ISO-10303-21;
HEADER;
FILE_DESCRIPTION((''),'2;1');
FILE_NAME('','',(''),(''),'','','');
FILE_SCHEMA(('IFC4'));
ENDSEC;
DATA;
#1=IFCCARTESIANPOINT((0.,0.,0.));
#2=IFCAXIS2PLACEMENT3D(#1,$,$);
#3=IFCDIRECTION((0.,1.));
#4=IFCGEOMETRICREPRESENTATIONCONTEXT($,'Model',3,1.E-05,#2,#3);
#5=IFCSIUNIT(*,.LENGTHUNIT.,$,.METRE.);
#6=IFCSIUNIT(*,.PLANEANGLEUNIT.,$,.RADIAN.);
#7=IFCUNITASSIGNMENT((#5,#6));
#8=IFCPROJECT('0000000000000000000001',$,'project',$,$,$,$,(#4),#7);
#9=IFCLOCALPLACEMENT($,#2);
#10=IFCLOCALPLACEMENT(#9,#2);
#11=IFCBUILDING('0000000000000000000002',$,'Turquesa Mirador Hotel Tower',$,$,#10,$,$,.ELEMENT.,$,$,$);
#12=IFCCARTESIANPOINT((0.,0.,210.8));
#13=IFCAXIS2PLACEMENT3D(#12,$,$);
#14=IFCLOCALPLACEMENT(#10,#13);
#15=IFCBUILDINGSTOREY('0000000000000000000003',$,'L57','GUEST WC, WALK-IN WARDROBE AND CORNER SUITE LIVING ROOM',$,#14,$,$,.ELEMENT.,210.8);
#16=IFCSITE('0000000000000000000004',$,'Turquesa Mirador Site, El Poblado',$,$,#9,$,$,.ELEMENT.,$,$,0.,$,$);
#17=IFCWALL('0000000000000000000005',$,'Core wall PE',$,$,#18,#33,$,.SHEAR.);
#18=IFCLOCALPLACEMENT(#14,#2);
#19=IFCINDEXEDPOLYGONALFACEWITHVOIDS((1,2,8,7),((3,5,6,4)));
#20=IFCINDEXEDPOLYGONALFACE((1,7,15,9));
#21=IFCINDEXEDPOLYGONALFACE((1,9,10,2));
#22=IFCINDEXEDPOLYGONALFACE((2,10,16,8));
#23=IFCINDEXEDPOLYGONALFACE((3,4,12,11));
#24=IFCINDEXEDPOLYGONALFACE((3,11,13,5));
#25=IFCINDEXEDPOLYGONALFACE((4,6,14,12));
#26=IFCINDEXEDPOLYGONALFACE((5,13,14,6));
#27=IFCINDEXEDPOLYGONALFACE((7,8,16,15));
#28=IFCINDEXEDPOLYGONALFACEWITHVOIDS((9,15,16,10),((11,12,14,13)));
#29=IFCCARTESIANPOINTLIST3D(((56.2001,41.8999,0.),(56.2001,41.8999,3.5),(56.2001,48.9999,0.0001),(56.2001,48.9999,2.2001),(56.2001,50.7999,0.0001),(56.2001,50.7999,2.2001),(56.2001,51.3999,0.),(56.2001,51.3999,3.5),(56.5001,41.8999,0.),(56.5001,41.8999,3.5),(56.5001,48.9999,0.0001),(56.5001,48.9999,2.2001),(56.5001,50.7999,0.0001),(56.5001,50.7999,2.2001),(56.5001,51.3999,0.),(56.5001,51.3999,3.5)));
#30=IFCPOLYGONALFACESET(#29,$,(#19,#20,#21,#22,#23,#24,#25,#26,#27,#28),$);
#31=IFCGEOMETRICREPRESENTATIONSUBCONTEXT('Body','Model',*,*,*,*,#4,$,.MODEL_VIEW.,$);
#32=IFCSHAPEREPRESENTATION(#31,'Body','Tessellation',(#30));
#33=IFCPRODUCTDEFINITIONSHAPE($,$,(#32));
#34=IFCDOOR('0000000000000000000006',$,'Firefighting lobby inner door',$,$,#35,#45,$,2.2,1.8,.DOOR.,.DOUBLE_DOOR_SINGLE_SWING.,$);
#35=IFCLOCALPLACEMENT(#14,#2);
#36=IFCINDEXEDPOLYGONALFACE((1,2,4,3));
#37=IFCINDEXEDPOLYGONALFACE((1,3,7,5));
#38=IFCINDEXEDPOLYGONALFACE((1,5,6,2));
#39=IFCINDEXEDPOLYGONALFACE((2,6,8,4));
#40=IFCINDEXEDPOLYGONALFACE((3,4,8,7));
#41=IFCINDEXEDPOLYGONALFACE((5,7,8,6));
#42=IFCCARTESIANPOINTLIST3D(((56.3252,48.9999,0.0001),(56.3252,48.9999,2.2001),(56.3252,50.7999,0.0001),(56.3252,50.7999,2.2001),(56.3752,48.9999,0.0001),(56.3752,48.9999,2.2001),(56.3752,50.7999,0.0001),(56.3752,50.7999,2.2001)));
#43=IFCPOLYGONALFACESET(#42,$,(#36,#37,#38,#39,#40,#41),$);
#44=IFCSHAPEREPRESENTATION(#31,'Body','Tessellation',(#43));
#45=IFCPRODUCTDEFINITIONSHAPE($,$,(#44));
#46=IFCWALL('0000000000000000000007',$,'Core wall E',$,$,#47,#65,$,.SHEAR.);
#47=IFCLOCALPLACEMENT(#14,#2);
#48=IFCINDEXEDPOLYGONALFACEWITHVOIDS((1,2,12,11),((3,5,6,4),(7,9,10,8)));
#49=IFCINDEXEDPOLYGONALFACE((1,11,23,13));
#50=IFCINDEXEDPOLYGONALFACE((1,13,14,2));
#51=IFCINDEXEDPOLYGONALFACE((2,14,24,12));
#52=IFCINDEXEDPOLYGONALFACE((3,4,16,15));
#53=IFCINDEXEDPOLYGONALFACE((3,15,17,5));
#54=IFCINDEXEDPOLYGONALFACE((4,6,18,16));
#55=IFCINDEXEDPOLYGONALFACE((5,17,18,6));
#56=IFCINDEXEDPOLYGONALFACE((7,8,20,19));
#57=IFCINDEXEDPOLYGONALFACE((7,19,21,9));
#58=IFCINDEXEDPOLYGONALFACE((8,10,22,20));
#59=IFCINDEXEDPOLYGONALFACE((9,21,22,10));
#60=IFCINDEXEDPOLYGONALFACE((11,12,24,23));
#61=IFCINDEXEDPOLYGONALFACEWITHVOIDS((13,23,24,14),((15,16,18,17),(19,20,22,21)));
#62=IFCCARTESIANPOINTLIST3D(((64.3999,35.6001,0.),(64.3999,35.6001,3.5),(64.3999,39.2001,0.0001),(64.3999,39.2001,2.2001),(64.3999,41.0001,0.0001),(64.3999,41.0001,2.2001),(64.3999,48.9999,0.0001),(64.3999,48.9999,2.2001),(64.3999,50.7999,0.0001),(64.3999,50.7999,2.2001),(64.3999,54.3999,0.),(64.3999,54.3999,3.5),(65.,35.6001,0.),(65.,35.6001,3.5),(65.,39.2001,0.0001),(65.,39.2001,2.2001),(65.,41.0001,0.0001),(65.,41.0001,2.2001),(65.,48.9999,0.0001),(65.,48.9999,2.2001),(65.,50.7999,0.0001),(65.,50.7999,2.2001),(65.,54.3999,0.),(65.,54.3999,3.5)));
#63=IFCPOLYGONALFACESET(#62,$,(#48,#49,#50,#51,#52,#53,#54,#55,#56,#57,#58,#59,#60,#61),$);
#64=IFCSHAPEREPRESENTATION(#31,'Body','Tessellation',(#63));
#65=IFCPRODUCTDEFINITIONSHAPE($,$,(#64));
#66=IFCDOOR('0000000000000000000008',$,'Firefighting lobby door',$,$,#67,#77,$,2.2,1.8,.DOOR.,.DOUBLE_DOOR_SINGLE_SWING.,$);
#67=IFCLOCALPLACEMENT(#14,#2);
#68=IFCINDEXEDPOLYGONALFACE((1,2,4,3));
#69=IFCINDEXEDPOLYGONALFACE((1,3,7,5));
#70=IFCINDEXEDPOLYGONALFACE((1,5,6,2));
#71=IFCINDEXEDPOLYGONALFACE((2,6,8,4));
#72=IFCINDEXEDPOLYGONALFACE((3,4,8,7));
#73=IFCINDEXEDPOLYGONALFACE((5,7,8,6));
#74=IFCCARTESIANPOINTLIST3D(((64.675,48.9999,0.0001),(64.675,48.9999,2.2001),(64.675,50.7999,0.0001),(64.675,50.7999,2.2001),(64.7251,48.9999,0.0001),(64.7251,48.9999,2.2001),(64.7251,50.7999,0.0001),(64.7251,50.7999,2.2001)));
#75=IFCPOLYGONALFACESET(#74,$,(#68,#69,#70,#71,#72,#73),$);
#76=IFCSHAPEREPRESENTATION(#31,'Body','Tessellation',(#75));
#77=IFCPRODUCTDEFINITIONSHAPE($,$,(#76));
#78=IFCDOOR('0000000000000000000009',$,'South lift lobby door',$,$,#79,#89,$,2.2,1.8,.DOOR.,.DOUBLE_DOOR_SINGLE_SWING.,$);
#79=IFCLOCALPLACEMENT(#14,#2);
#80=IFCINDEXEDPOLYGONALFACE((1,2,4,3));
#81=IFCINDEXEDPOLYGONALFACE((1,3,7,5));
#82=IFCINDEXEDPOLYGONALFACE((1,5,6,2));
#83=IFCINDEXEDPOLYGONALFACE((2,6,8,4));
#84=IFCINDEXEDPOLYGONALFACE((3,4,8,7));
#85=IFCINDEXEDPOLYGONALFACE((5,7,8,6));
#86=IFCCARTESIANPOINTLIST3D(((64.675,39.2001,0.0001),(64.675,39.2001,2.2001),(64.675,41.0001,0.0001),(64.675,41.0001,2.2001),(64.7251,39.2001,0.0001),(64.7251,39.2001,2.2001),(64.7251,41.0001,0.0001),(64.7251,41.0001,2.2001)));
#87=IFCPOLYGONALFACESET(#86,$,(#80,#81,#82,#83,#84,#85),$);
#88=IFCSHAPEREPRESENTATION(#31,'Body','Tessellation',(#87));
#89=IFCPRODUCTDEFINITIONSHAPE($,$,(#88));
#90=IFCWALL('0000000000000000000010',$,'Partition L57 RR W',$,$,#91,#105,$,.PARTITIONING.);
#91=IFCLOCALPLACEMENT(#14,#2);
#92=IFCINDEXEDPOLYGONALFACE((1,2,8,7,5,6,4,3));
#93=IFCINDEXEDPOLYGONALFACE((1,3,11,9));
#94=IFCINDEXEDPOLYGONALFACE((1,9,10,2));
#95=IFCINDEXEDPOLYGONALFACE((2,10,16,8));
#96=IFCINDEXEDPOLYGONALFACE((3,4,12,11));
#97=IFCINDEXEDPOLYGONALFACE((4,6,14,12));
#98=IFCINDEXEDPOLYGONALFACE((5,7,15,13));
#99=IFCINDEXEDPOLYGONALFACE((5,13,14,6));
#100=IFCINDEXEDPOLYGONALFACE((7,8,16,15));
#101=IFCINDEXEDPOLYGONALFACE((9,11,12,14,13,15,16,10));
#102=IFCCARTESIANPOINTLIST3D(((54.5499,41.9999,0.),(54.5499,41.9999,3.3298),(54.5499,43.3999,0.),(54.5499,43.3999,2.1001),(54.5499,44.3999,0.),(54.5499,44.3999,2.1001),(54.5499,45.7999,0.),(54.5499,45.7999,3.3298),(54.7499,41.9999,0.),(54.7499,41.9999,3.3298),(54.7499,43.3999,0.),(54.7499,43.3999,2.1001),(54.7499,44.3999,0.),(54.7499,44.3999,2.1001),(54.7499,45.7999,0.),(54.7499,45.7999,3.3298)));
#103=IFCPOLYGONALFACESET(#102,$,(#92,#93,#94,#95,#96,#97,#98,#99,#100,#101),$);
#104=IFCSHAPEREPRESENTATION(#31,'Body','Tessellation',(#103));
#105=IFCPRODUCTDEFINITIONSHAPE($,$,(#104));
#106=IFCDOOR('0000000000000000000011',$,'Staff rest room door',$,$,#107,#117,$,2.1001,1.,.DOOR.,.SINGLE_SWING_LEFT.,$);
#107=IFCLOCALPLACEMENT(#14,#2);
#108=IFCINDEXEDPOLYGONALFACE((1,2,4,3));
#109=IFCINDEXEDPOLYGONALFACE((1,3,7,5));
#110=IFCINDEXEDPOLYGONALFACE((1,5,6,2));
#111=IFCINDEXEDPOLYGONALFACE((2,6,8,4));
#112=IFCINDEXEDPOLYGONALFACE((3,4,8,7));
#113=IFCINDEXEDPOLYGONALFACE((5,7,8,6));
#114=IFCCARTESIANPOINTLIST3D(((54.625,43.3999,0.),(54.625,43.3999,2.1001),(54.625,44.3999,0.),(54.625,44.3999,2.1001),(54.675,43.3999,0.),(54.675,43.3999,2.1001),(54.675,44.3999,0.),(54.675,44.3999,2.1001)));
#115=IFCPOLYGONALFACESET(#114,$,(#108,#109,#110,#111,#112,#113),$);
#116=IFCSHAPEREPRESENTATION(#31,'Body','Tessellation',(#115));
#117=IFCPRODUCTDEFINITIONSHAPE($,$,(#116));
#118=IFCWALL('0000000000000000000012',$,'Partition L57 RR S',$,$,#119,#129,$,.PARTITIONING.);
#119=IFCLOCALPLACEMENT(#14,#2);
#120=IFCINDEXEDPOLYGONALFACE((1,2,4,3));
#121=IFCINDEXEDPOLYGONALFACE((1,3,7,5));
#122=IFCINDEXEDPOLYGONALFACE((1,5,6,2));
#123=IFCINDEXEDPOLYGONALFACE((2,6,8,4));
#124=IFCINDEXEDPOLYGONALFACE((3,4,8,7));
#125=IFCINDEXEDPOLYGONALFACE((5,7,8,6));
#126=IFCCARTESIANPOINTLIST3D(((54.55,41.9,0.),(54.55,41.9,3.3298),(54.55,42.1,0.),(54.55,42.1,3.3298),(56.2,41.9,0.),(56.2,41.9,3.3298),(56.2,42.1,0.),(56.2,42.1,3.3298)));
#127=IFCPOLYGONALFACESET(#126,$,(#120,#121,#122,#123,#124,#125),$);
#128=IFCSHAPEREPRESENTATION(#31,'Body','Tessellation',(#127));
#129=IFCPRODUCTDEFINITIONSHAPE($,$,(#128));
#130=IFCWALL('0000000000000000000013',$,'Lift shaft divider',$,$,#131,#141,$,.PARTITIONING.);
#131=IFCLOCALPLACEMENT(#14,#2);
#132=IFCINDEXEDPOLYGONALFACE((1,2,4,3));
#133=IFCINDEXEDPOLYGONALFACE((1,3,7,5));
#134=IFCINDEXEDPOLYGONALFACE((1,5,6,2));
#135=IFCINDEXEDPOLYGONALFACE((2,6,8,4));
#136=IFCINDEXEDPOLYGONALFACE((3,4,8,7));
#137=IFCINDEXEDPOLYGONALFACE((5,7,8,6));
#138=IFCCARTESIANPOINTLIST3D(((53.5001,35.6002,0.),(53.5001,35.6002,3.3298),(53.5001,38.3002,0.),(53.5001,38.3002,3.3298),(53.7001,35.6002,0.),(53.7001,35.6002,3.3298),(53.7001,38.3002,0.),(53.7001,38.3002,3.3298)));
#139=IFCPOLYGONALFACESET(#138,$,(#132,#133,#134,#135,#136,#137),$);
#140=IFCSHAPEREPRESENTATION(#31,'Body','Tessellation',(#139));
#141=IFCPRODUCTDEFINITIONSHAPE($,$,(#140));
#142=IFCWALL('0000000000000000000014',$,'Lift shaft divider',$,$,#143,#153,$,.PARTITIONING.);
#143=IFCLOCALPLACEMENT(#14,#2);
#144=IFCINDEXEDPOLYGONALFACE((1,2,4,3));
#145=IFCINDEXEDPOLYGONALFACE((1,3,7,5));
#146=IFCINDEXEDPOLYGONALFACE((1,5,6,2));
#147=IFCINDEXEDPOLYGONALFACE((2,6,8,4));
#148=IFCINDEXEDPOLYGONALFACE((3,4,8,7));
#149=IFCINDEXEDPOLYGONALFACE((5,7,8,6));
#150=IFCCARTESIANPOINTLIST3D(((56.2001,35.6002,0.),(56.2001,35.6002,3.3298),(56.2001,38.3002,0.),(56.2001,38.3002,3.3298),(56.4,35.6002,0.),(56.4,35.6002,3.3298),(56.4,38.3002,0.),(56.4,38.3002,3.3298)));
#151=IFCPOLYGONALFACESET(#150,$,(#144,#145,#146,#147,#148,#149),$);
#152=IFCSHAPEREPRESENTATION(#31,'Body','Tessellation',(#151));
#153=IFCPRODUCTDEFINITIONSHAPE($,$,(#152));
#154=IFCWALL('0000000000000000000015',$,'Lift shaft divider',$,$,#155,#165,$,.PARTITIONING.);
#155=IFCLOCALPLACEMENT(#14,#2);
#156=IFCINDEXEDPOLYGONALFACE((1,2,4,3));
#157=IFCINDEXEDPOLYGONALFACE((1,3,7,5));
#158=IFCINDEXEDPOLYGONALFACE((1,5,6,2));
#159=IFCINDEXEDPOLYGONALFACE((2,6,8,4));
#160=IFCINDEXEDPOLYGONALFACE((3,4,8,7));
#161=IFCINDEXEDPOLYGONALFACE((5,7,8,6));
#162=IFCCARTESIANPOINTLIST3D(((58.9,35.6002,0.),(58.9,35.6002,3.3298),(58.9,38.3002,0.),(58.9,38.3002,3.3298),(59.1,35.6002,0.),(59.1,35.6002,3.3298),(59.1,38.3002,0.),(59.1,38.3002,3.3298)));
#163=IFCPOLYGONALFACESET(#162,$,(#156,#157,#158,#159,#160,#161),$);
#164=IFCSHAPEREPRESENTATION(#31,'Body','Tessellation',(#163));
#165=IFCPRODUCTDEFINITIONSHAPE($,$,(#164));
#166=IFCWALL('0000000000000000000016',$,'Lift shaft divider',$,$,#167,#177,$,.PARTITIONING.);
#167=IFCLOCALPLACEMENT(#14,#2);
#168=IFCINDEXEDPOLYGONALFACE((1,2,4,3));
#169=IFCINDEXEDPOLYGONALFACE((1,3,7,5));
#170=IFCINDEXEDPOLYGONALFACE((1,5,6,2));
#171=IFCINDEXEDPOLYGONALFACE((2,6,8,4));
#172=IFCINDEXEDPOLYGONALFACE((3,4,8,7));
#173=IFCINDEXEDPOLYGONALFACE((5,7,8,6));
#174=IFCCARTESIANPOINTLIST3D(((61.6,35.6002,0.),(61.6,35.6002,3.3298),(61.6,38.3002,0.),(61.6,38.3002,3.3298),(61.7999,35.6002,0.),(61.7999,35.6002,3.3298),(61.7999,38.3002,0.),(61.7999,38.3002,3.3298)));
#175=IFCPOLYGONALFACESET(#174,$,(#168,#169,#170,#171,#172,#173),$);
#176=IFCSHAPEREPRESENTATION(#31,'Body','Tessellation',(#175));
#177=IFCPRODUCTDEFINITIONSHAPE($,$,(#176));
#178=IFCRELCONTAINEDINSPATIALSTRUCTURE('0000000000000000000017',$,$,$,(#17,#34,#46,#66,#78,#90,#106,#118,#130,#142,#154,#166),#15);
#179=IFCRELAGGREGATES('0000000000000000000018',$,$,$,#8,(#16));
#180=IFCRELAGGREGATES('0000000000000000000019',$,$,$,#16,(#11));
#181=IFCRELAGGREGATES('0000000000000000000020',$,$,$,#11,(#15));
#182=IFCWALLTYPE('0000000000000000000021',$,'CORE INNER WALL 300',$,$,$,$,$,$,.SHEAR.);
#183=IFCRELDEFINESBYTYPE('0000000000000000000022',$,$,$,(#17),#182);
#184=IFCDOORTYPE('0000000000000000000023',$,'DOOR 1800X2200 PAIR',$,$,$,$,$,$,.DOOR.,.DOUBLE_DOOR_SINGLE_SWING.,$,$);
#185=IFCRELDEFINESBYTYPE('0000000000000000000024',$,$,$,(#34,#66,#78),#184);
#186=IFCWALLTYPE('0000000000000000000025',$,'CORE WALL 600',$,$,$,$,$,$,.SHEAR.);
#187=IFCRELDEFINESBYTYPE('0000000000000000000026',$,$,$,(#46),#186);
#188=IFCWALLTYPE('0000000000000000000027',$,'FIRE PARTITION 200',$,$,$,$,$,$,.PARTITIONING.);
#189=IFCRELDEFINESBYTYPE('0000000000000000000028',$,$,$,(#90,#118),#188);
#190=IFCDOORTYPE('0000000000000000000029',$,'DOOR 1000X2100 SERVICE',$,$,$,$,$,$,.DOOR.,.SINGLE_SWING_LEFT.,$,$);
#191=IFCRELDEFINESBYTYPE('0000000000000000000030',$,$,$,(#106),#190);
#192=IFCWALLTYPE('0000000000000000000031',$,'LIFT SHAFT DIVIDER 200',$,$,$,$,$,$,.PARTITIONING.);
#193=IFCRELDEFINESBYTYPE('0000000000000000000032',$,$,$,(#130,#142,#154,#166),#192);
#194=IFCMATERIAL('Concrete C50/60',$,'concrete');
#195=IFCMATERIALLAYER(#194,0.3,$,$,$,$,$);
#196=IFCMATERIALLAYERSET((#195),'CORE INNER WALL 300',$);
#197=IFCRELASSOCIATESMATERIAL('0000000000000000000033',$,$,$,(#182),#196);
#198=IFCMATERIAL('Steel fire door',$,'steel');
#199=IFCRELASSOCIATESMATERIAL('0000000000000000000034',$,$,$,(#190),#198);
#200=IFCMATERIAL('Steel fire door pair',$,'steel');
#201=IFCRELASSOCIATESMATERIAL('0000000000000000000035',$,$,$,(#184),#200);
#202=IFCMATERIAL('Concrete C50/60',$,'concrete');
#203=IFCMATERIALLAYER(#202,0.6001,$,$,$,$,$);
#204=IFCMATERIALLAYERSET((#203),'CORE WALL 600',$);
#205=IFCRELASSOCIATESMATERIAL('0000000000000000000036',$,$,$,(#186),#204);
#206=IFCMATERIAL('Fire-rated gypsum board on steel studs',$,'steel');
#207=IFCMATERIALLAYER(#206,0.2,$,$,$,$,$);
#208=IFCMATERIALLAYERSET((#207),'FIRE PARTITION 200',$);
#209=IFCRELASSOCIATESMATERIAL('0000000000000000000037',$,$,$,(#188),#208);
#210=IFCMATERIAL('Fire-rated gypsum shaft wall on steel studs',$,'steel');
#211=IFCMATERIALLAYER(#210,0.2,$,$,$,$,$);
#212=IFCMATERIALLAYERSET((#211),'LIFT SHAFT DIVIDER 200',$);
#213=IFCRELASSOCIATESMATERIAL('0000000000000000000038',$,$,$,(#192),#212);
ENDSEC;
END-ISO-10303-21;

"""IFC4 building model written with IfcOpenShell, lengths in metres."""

from ifc_helpers import new_model, si_unit, direction, frame, frame_2d, origin, place, context, subcontext, project, spatial, rectangle, extrude, material, layer, layer_set, type_object, element, fill, save


model = new_model("IFC4")

# Units and contexts
model_context = context("Model", 3, precision=1e-05, world=origin(), true_north=direction((0.0, 1.0)))
body_context = subcontext(model_context, "Body", "Model", "MODEL_VIEW")
ifc_project = project(units=[si_unit("LENGTHUNIT", "METRE"), si_unit("PLANEANGLEUNIT", "RADIAN")], contexts=[model_context])

# Site, building, storey
site_placement = place(None, origin())
site = spatial("IfcSite", under=ifc_project, at=site_placement, Name="Turquesa Mirador Site, El Poblado", CompositionType="ELEMENT", RefElevation=0.0)
building_placement = place(site_placement, origin())
building = spatial("IfcBuilding", under=site, at=building_placement, Name="Turquesa Mirador Hotel Tower", CompositionType="ELEMENT")
storey_placement = place(building_placement, frame((0.0, 0.0, 210.8)))
storey = spatial("IfcBuildingStorey", under=building, at=storey_placement, Name="L57", Description="GUEST WC, WALK-IN WARDROBE AND CORNER SUITE LIVING ROOM", CompositionType="ELEMENT", Elevation=210.8)

# Wall, opening, door
ifc_material_1 = material(Name="Concrete C50/60", Category="concrete")
ifc_layer_1 = layer(ifc_material_1, 0.3)
ifc_layer_set_1 = layer_set([ifc_layer_1], Name="CORE INNER WALL 300")
wall_type_1 = type_object("IfcWallType", Name="CORE INNER WALL 300", PredefinedType="SHEAR", material=ifc_layer_set_1)
ifc_material_2 = material(Name="Steel fire door", Category="steel")
door_type_1 = type_object("IfcDoorType", Name="DOOR 1000X2100 SERVICE", OperationType="SINGLE_SWING_LEFT", PredefinedType="DOOR", material=ifc_material_2)
wall_1_placement = place(storey_placement, frame((56.3501, 41.8999, 0.0), z_axis=(0.0, 0.0, 1.0), x_axis=(0.0, 1.0, 0.0)))
wall_1 = element("IfcWall", 1, at=wall_1_placement, inside=storey, type_object=wall_type_1, Name="Core wall PE", PredefinedType="SHEAR", context=body_context, shape_type="SweptSolid", body=[
    extrude(rectangle(XDim=9.5, YDim=0.3, at=frame_2d((4.75, 0.0))), origin(), (0.0, 0.0, 1.0), 3.5),
])
opening_1_placement = place(wall_1_placement, frame((7.1001, 0.0, 0.0)))
opening_1 = element("IfcOpeningElement", 2, at=opening_1_placement, cuts=wall_1, PredefinedType="OPENING", context=body_context, shape_type="SweptSolid", body=[
    extrude(rectangle(XDim=1.8, YDim=2.2, at=frame_2d((0.8999, 1.1001))), frame((0.0, 0.1599, 0.0), z_axis=(0.0, -1.0, 0.0), x_axis=(1.0, 0.0, 0.0)), (0.0, 0.0, 1.0), 0.3201),
])
ifc_material_3 = material(Name="Steel fire door pair", Category="steel")
door_type_2 = type_object("IfcDoorType", Name="DOOR 1800X2200 PAIR", OperationType="DOUBLE_DOOR_SINGLE_SWING", PredefinedType="DOOR", material=ifc_material_3)
door_1_placement = place(opening_1_placement, origin())
door_1 = element("IfcDoor", 3, at=door_1_placement, inside=storey, type_object=door_type_2, Name="Firefighting lobby inner door", OperationType="DOUBLE_DOOR_SINGLE_SWING", OverallHeight=2.2, OverallWidth=1.8, PredefinedType="DOOR", context=body_context, shape_type="SweptSolid", body=[
    extrude(rectangle(XDim=1.8, YDim=2.2, at=frame_2d((0.8999, 1.1001))), frame((0.0, 0.0249, 0.0), z_axis=(0.0, -1.0, 0.0), x_axis=(1.0, 0.0, 0.0)), (0.0, 0.0, 1.0), 0.05),
])
fill(opening_1, door_1)

# Wall, openings, doors
ifc_material_4 = material(Name="Concrete C50/60", Category="concrete")
ifc_layer_2 = layer(ifc_material_4, 0.6001)
ifc_layer_set_2 = layer_set([ifc_layer_2], Name="CORE WALL 600")
wall_type_2 = type_object("IfcWallType", Name="CORE WALL 600", PredefinedType="SHEAR", material=ifc_layer_set_2)
wall_2_placement = place(storey_placement, frame((64.7, 35.6001, 0.0), z_axis=(0.0, 0.0, 1.0), x_axis=(0.0, 1.0, 0.0)))
wall_2 = element("IfcWall", 4, at=wall_2_placement, inside=storey, type_object=wall_type_2, Name="Core wall E", PredefinedType="SHEAR", context=body_context, shape_type="SweptSolid", body=[
    extrude(rectangle(XDim=18.7998, YDim=0.6001, at=frame_2d((9.3999, 0.0))), origin(), (0.0, 0.0, 1.0), 3.5),
])
opening_2_placement = place(wall_2_placement, frame((13.3999, 0.0, 0.0)))
opening_2 = element("IfcOpeningElement", 5, at=opening_2_placement, cuts=wall_2, PredefinedType="OPENING", context=body_context, shape_type="SweptSolid", body=[
    extrude(rectangle(XDim=1.8, YDim=2.2, at=frame_2d((0.8999, 1.1001))), frame((0.0, 0.3101, 0.0), z_axis=(0.0, -1.0, 0.0), x_axis=(1.0, 0.0, 0.0)), (0.0, 0.0, 1.0), 0.6201),
])
opening_3_placement = place(wall_2_placement, frame((3.6001, 0.0, 0.0)))
opening_3 = element("IfcOpeningElement", 6, at=opening_3_placement, cuts=wall_2, PredefinedType="OPENING", context=body_context, shape_type="SweptSolid", body=[
    extrude(rectangle(XDim=1.8, YDim=2.2, at=frame_2d((0.8999, 1.1001))), frame((0.0, 0.3101, 0.0), z_axis=(0.0, -1.0, 0.0), x_axis=(1.0, 0.0, 0.0)), (0.0, 0.0, 1.0), 0.6201),
])
door_2_placement = place(opening_2_placement, origin())
door_2 = element("IfcDoor", 7, at=door_2_placement, inside=storey, type_object=door_type_2, Name="Firefighting lobby door", OperationType="DOUBLE_DOOR_SINGLE_SWING", OverallHeight=2.2, OverallWidth=1.8, PredefinedType="DOOR", context=body_context, shape_type="SweptSolid", body=[
    extrude(rectangle(XDim=1.8, YDim=2.2, at=frame_2d((0.8999, 1.1001))), frame((0.0, 0.0249, 0.0), z_axis=(0.0, -1.0, 0.0), x_axis=(1.0, 0.0, 0.0)), (0.0, 0.0, 1.0), 0.05),
])
fill(opening_2, door_2)
door_3_placement = place(opening_3_placement, origin())
door_3 = element("IfcDoor", 8, at=door_3_placement, inside=storey, type_object=door_type_2, Name="South lift lobby door", OperationType="DOUBLE_DOOR_SINGLE_SWING", OverallHeight=2.2, OverallWidth=1.8, PredefinedType="DOOR", context=body_context, shape_type="SweptSolid", body=[
    extrude(rectangle(XDim=1.8, YDim=2.2, at=frame_2d((0.8999, 1.1001))), frame((0.0, 0.0249, 0.0), z_axis=(0.0, -1.0, 0.0), x_axis=(1.0, 0.0, 0.0)), (0.0, 0.0, 1.0), 0.05),
])
fill(opening_3, door_3)

# Wall, opening, door
ifc_material_5 = material(Name="Fire-rated gypsum board on steel studs", Category="steel")
ifc_layer_3 = layer(ifc_material_5, 0.2)
ifc_layer_set_3 = layer_set([ifc_layer_3], Name="FIRE PARTITION 200")
wall_type_3 = type_object("IfcWallType", Name="FIRE PARTITION 200", PredefinedType="PARTITIONING", material=ifc_layer_set_3)
wall_3_placement = place(storey_placement, frame((54.6499, 42.0, 0.0), z_axis=(0.0, 0.0, 1.0), x_axis=(0.0, 1.0, 0.0)))
wall_3 = element("IfcWall", 9, at=wall_3_placement, inside=storey, type_object=wall_type_3, Name="Partition L57 RR W", PredefinedType="PARTITIONING", context=body_context, shape_type="SweptSolid", body=[
    extrude(rectangle(XDim=3.8, YDim=0.2, at=frame_2d((1.8999, 0.0))), origin(), (0.0, 0.0, 1.0), 3.3298),
])
opening_4_placement = place(wall_3_placement, frame((1.3999, 0.0, 0.0)))
opening_4 = element("IfcOpeningElement", 10, at=opening_4_placement, cuts=wall_3, PredefinedType="OPENING", context=body_context, shape_type="SweptSolid", body=[
    extrude(rectangle(XDim=1.0, YDim=2.1001, at=frame_2d((0.5, 1.05))), frame((0.0, 0.1099, 0.0), z_axis=(0.0, -1.0, 0.0), x_axis=(1.0, 0.0, 0.0)), (0.0, 0.0, 1.0), 0.22),
])
door_4_placement = place(opening_4_placement, origin())
door_4 = element("IfcDoor", 11, at=door_4_placement, inside=storey, type_object=door_type_1, Name="Staff rest room door", OperationType="SINGLE_SWING_LEFT", OverallHeight=2.1001, OverallWidth=1.0, PredefinedType="DOOR", context=body_context, shape_type="SweptSolid", body=[
    extrude(rectangle(XDim=1.0, YDim=2.1001, at=frame_2d((0.5, 1.05))), frame((0.0, 0.0249, 0.0), z_axis=(0.0, -1.0, 0.0), x_axis=(1.0, 0.0, 0.0)), (0.0, 0.0, 1.0), 0.05),
])
fill(opening_4, door_4)

# Walls
wall_4_placement = place(storey_placement, frame((54.55, 42.0, 0.0), z_axis=(0.0, 0.0, 1.0), x_axis=(1.0, 0.0, 0.0)))
element("IfcWall", 12, at=wall_4_placement, inside=storey, type_object=wall_type_3, Name="Partition L57 RR S", PredefinedType="PARTITIONING", context=body_context, shape_type="SweptSolid", body=[
    extrude(rectangle(XDim=1.6499, YDim=0.2, at=frame_2d((0.825, 0.0))), origin(), (0.0, 0.0, 1.0), 3.3298),
])
ifc_material_6 = material(Name="Fire-rated gypsum shaft wall on steel studs", Category="steel")
ifc_layer_4 = layer(ifc_material_6, 0.2)
ifc_layer_set_4 = layer_set([ifc_layer_4], Name="LIFT SHAFT DIVIDER 200")
wall_type_4 = type_object("IfcWallType", Name="LIFT SHAFT DIVIDER 200", PredefinedType="PARTITIONING", material=ifc_layer_set_4)
for number, where, z_axis, x_axis, name in (
    (13, (53.6001, 35.6001, 0.0), (0.0, 0.0, 1.0), (0.0, 1.0, 0.0), "Lift shaft divider"),
    (14, (56.3, 35.6001, 0.0), (0.0, 0.0, 1.0), (0.0, 1.0, 0.0), "Lift shaft divider"),
    (15, (59.0, 35.6001, 0.0), (0.0, 0.0, 1.0), (0.0, 1.0, 0.0), "Lift shaft divider"),
    (16, (61.7, 35.6001, 0.0), (0.0, 0.0, 1.0), (0.0, 1.0, 0.0), "Lift shaft divider"),
):
    element("IfcWall", number, at=place(storey_placement, frame(where, z_axis=z_axis, x_axis=x_axis)), inside=storey, type_object=wall_type_4, Name=name, PredefinedType="PARTITIONING", context=body_context, shape_type="SweptSolid", body=[
        extrude(rectangle(XDim=2.7, YDim=0.2, at=frame_2d((1.3501, 0.0))), origin(), (0.0, 0.0, 1.0), 3.3298),
    ])

save(model, "model.ifc")
